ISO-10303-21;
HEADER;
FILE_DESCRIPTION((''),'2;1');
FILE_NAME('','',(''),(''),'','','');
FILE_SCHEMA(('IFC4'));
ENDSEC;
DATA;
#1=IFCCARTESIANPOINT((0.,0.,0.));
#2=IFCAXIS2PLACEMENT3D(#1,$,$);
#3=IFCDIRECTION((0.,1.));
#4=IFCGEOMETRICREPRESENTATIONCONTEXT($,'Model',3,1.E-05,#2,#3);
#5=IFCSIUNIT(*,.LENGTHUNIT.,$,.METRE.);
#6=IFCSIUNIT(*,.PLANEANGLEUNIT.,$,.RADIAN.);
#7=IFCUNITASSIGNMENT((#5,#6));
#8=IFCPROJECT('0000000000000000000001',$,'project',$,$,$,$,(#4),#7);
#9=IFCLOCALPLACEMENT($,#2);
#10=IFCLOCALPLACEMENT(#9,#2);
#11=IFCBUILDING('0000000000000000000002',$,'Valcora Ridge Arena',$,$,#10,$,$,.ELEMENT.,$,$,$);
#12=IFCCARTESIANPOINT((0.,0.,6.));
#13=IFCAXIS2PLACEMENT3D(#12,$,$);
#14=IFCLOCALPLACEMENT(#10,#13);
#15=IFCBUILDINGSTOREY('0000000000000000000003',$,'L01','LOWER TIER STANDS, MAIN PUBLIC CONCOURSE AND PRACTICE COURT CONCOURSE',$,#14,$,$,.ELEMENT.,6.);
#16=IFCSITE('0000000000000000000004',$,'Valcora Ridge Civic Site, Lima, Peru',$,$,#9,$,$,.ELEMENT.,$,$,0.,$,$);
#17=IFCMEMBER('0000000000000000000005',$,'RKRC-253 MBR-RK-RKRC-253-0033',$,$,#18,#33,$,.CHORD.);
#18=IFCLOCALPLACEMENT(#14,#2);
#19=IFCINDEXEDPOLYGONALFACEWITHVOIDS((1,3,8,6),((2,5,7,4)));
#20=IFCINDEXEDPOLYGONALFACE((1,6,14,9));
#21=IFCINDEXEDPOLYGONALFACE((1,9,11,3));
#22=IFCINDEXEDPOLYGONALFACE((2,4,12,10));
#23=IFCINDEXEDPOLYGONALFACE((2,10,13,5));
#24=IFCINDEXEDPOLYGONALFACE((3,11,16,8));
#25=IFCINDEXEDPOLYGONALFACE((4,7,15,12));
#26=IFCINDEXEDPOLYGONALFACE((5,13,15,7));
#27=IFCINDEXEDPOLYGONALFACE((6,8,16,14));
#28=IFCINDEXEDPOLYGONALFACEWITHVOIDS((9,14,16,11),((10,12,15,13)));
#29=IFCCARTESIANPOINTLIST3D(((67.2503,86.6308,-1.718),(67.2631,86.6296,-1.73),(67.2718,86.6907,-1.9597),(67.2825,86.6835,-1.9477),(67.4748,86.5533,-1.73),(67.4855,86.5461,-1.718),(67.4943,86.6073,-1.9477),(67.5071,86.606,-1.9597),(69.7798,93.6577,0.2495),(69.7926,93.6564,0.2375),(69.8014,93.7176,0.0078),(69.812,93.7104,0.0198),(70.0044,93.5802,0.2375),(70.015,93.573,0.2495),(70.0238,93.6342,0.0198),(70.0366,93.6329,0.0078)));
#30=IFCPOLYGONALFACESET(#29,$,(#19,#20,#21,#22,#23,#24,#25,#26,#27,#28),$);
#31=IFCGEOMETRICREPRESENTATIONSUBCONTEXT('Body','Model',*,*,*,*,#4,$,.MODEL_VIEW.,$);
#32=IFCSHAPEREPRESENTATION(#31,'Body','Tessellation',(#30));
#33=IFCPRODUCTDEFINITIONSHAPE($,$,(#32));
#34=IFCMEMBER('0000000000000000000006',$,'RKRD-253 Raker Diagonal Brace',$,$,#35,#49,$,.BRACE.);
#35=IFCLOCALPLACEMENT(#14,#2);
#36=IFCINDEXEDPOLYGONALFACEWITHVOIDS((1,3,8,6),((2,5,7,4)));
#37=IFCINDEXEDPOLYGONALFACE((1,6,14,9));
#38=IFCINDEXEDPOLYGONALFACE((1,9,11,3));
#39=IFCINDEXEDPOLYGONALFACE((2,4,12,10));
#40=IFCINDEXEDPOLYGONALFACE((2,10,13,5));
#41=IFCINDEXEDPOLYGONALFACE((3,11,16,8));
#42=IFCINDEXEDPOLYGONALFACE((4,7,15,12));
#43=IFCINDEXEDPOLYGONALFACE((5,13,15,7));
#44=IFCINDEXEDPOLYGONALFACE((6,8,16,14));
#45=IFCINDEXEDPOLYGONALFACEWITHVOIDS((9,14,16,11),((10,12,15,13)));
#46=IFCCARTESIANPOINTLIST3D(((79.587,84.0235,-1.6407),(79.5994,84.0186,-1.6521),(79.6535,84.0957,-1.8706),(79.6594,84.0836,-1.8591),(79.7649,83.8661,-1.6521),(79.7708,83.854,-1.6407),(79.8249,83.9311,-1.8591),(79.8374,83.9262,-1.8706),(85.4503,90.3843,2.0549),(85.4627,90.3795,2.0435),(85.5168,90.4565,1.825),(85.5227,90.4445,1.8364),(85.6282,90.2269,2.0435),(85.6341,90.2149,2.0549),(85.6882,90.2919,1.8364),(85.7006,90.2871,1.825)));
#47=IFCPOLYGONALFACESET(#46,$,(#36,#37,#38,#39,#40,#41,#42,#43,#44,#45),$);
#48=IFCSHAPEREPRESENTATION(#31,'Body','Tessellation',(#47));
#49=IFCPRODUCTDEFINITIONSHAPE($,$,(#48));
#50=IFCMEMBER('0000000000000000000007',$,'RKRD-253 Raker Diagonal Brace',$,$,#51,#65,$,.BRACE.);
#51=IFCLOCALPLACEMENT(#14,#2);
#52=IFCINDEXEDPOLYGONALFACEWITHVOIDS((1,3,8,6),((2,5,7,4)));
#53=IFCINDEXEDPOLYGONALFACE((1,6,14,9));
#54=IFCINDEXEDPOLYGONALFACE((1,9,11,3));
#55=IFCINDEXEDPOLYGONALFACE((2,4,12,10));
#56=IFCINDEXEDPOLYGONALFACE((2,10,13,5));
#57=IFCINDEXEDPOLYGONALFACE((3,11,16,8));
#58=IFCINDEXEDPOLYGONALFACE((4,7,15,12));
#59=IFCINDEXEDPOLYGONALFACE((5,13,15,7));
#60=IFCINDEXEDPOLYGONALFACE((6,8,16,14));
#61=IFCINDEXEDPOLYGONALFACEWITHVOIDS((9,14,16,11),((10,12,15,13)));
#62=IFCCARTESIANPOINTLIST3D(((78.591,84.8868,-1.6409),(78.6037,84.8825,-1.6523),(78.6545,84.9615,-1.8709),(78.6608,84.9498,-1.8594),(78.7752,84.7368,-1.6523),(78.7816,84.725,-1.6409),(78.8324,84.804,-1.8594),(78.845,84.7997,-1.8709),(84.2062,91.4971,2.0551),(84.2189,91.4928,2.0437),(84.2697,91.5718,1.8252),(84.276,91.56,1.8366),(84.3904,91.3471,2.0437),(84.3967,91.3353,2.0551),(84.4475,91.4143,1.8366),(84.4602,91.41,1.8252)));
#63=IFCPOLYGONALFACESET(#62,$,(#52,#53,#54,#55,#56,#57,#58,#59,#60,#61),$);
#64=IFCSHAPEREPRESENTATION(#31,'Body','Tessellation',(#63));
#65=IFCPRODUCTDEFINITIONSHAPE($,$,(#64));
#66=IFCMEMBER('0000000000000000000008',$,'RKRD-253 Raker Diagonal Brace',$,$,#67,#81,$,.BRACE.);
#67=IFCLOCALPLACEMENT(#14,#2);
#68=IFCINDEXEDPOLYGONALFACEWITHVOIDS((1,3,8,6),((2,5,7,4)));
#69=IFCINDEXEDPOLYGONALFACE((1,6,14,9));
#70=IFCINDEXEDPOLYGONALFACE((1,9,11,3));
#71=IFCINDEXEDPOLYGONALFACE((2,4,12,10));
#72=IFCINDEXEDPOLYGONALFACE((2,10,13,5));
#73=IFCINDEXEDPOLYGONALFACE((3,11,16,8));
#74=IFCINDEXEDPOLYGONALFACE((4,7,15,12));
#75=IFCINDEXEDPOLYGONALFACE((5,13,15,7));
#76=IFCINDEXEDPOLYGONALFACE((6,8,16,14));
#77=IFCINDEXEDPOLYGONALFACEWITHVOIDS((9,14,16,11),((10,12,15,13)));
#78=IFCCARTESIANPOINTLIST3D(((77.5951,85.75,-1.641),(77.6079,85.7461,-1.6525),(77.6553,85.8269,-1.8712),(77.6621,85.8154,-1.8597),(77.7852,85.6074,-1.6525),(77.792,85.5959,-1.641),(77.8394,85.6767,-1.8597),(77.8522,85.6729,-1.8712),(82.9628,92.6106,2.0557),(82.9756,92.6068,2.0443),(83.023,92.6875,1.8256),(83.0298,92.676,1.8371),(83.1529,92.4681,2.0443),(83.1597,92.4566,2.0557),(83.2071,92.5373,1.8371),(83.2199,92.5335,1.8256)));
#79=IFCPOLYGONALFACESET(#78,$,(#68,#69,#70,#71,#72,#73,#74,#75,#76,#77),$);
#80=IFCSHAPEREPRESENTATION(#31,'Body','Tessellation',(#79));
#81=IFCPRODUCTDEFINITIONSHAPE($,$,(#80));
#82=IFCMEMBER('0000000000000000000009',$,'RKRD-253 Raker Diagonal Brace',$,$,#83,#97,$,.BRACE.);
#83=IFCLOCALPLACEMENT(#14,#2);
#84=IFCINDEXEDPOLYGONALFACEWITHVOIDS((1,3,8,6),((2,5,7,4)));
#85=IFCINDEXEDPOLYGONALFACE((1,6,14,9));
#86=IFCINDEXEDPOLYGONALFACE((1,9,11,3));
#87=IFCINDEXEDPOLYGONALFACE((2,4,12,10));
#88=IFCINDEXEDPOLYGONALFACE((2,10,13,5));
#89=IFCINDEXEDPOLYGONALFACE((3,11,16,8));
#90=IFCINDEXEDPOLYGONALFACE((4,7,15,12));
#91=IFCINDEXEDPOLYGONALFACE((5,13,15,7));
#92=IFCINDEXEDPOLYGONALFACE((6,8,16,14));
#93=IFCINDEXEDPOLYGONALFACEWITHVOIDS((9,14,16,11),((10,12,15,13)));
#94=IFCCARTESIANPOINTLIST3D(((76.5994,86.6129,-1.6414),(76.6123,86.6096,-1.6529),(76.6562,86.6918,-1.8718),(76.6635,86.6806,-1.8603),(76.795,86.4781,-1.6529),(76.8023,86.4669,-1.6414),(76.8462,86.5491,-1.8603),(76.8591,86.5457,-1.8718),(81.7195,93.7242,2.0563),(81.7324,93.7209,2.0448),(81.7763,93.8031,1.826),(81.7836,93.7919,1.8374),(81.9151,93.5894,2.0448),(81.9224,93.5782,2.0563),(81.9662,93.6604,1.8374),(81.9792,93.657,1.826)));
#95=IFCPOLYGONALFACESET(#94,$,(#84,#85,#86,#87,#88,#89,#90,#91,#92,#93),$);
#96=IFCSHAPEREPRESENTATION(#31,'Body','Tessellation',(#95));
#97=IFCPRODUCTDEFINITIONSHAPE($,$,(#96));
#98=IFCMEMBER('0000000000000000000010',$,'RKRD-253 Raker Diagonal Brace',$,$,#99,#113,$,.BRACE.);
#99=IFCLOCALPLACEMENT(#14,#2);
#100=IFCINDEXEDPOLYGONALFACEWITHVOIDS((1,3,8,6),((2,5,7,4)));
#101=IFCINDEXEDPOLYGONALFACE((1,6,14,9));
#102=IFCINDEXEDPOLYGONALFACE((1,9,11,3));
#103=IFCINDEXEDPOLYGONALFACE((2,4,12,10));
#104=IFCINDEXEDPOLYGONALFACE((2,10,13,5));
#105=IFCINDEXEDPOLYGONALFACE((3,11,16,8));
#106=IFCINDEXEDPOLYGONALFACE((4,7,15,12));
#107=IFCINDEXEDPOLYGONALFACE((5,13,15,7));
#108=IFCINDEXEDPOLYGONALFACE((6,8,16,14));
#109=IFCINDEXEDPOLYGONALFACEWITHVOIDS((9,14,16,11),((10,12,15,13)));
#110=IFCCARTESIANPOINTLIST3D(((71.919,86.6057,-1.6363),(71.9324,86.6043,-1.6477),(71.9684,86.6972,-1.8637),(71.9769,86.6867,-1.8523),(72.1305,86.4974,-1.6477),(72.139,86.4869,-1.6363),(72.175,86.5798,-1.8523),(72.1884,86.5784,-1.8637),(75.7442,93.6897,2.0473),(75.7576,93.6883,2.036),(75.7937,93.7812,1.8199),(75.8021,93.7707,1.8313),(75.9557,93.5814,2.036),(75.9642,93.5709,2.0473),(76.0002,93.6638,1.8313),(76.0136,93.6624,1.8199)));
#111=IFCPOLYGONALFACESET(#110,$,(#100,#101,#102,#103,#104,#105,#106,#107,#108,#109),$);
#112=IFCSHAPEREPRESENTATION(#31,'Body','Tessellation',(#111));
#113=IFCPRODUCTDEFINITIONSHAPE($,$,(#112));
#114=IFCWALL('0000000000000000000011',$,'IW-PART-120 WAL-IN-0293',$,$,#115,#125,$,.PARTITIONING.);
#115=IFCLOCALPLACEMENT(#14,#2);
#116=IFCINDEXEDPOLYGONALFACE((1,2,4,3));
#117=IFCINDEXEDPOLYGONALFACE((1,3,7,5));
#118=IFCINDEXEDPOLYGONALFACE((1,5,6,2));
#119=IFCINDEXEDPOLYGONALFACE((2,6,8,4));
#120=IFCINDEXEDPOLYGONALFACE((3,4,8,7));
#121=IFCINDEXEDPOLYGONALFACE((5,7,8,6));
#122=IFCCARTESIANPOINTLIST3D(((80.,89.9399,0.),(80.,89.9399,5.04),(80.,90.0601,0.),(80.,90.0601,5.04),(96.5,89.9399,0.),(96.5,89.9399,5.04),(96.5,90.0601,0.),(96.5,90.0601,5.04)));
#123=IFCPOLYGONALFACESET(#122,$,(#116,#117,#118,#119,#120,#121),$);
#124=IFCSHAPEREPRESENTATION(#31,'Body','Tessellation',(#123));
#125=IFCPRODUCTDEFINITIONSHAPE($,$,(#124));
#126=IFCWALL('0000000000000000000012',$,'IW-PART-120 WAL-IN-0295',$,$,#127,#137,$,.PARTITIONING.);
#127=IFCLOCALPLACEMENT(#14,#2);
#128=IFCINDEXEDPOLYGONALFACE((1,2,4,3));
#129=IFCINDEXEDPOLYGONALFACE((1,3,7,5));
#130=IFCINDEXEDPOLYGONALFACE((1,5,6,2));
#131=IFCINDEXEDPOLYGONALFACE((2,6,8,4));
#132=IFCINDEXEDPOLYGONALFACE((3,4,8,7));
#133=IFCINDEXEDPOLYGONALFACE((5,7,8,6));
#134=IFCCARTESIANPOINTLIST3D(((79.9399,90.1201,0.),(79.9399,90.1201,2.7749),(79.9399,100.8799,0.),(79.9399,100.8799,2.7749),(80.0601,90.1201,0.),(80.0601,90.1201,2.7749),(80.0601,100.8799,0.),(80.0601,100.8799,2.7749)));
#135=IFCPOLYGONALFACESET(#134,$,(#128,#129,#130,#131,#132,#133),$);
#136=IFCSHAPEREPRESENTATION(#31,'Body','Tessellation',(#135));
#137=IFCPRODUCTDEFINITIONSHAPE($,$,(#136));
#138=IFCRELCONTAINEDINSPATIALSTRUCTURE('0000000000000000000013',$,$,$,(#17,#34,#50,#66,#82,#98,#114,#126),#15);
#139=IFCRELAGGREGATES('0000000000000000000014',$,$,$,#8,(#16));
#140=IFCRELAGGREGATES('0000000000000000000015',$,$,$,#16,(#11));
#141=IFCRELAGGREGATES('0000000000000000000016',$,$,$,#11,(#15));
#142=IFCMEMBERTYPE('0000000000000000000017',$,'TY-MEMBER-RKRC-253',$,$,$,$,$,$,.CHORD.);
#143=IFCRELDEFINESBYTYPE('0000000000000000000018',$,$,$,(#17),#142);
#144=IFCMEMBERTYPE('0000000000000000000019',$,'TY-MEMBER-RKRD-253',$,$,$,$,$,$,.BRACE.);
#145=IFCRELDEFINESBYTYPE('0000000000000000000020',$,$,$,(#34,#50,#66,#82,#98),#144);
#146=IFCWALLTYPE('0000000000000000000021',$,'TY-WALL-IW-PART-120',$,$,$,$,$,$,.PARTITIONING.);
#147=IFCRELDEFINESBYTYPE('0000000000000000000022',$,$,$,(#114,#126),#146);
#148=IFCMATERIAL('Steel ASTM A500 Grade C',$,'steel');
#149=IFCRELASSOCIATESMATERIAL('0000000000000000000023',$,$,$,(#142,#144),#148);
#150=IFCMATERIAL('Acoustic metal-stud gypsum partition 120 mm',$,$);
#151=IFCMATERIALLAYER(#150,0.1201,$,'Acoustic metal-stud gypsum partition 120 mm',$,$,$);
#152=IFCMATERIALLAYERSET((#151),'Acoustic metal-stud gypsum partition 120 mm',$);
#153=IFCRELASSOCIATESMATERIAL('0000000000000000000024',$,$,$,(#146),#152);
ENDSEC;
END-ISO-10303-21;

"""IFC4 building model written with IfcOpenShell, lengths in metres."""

from ifc_helpers import new_model, si_unit, direction, frame, frame_2d, origin, origin_2d, place, context, subcontext, project, spatial, rectangle, hollow_rectangle, extrude, material, layer, layer_set, material_profile, profile_set, type_object, element, save


model = new_model("IFC4")

# Units and contexts
model_context = context("Model", 3, precision=1e-05, world=origin(), true_north=direction((0.0, 1.0)))
body_context = subcontext(model_context, "Body", "Model", "MODEL_VIEW")
ifc_project = project(units=[si_unit("LENGTHUNIT", "METRE"), si_unit("PLANEANGLEUNIT", "RADIAN")], contexts=[model_context])

# Site, building, storey
site_placement = place(None, origin())
site = spatial("IfcSite", under=ifc_project, at=site_placement, Name="Valcora Ridge Civic Site, Lima, Peru", CompositionType="ELEMENT", RefElevation=0.0)
building_placement = place(site_placement, origin())
building = spatial("IfcBuilding", under=site, at=building_placement, Name="Valcora Ridge Arena", CompositionType="ELEMENT")
storey_placement = place(building_placement, frame((0.0, 0.0, 6.0)))
storey = spatial("IfcBuildingStorey", under=building, at=storey_placement, Name="L01", Description="LOWER TIER STANDS, MAIN PUBLIC CONCOURSE AND PRACTICE COURT CONCOURSE", CompositionType="ELEMENT", Elevation=6.0)

# Members
ifc_material_1 = material(Name="Steel ASTM A500 Grade C", Category="steel")
ifc_material_profile_1 = material_profile(ifc_material_1, hollow_rectangle(XDim=0.25, YDim=0.25, WallThickness=0.0125, at=origin_2d()), Name="HSS250X250X12")
ifc_profile_set_1 = profile_set([ifc_material_profile_1], Name="Steel ASTM A500 Grade C")
member_type_1 = type_object("IfcMemberType", Name="TY-MEMBER-RKRC-253", PredefinedType="CHORD", material=ifc_profile_set_1)
member_1_placement = place(storey_placement, frame((67.3787, 86.6184, -1.8389), z_axis=(0.327529, 0.909848, 0.254759), x_axis=(-0.940893, 0.338704, 0.0)))
element("IfcMember", 1, at=member_1_placement, inside=storey, type_object=member_type_1, Name="RKRC-253 MBR-RK-RKRC-253-0033", PredefinedType="CHORD", context=body_context, shape_type="SweptSolid", body=[
    extrude(hollow_rectangle(XDim=0.25, YDim=0.25, WallThickness=0.0125, at=origin_2d()), origin(), (0.0, 0.0, 1.0), 7.7231),
])
ifc_material_profile_2 = material_profile(ifc_material_1, hollow_rectangle(XDim=0.25, YDim=0.25, WallThickness=0.0125, at=origin_2d()), Name="HSS250X250X12")
ifc_profile_set_2 = profile_set([ifc_material_profile_2], Name="Steel ASTM A500 Grade C")
member_type_2 = type_object("IfcMemberType", Name="TY-MEMBER-RKRD-253", PredefinedType="BRACE", material=ifc_profile_set_2)
member_2_placement = place(storey_placement, frame((79.7122, 83.9749, -1.7556), z_axis=(0.623276, 0.676167, 0.392843), x_axis=(-0.735279, 0.677764, 0.0)))
element("IfcMember", 2, at=member_2_placement, inside=storey, type_object=member_type_2, Name="RKRD-253 Raker Diagonal Brace", PredefinedType="BRACE", context=body_context, shape_type="SweptSolid", body=[
    extrude(hollow_rectangle(XDim=0.25, YDim=0.25, WallThickness=0.0125, at=origin_2d()), origin(), (0.0, 0.0, 1.0), 9.4072),
])
member_3_placement = place(storey_placement, frame((78.718, 84.8433, -1.7559), z_axis=(0.595587, 0.701136, 0.392026), x_axis=(-0.762142, 0.64741, 0.0)))
element("IfcMember", 3, at=member_3_placement, inside=storey, type_object=member_type_2, Name="RKRD-253 Raker Diagonal Brace", PredefinedType="BRACE", context=body_context, shape_type="SweptSolid", body=[
    extrude(hollow_rectangle(XDim=0.25, YDim=0.25, WallThickness=0.0125, at=origin_2d()), origin(), (0.0, 0.0, 1.0), 9.428),
])
member_4_placement = place(storey_placement, frame((77.7236, 85.7114, -1.7561), z_axis=(0.567236, 0.725002, 0.390661), x_axis=(-0.787588, 0.616202, 0.0)))
element("IfcMember", 4, at=member_4_placement, inside=storey, type_object=member_type_2, Name="RKRD-253 Raker Diagonal Brace", PredefinedType="BRACE", context=body_context, shape_type="SweptSolid", body=[
    extrude(hollow_rectangle(XDim=0.25, YDim=0.25, WallThickness=0.0125, at=origin_2d()), origin(), (0.0, 0.0, 1.0), 9.4629),
])
member_5_placement = place(storey_placement, frame((76.7292, 86.5793, -1.7566), z_axis=(0.538334, 0.747692, 0.388785), x_axis=(-0.811536, 0.584302, 0.0)))
element("IfcMember", 5, at=member_5_placement, inside=storey, type_object=member_type_2, Name="RKRD-253 Raker Diagonal Brace", PredefinedType="BRACE", context=body_context, shape_type="SweptSolid", body=[
    extrude(hollow_rectangle(XDim=0.25, YDim=0.25, WallThickness=0.0125, at=origin_2d()), origin(), (0.0, 0.0, 1.0), 9.511),
])
member_6_placement = place(storey_placement, frame((72.0537, 86.592, -1.75), z_axis=(0.432056, 0.800137, 0.416062), x_axis=(-0.879914, 0.475134, 0.0)))
element("IfcMember", 6, at=member_6_placement, inside=storey, type_object=member_type_2, Name="RKRD-253 Raker Diagonal Brace", PredefinedType="BRACE", context=body_context, shape_type="SweptSolid", body=[
    extrude(hollow_rectangle(XDim=0.25, YDim=0.25, WallThickness=0.0125, at=origin_2d()), origin(), (0.0, 0.0, 1.0), 8.8535),
])

# Walls
ifc_material_2 = material(Name="Acoustic metal-stud gypsum partition 120 mm")
ifc_layer = layer(ifc_material_2, 0.1201, Name="Acoustic metal-stud gypsum partition 120 mm")
ifc_layer_set = layer_set([ifc_layer], Name="Acoustic metal-stud gypsum partition 120 mm")
wall_type = type_object("IfcWallType", Name="TY-WALL-IW-PART-120", PredefinedType="PARTITIONING", material=ifc_layer_set)
wall_1_placement = place(storey_placement, frame((80.0, 90.0, 0.0), z_axis=(0.0, 0.0, 1.0), x_axis=(1.0, 0.0, 0.0)))
element("IfcWall", 7, at=wall_1_placement, inside=storey, type_object=wall_type, Name="IW-PART-120 WAL-IN-0293", PredefinedType="PARTITIONING", context=body_context, shape_type="SweptSolid", body=[
    extrude(rectangle(XDim=16.5, YDim=0.1201, at=frame_2d((8.25, 0.0))), origin(), (0.0, 0.0, 1.0), 5.04),
])
wall_2_placement = place(storey_placement, frame((80.0, 90.1201, 0.0), z_axis=(0.0, 0.0, 1.0), x_axis=(0.0, 1.0, 0.0)))
element("IfcWall", 8, at=wall_2_placement, inside=storey, type_object=wall_type, Name="IW-PART-120 WAL-IN-0295", PredefinedType="PARTITIONING", context=body_context, shape_type="SweptSolid", body=[
    extrude(rectangle(XDim=10.7598, YDim=0.1201, at=frame_2d((5.3799, 0.0))), origin(), (0.0, 0.0, 1.0), 2.7749),
])

save(model, "model.ifc")
